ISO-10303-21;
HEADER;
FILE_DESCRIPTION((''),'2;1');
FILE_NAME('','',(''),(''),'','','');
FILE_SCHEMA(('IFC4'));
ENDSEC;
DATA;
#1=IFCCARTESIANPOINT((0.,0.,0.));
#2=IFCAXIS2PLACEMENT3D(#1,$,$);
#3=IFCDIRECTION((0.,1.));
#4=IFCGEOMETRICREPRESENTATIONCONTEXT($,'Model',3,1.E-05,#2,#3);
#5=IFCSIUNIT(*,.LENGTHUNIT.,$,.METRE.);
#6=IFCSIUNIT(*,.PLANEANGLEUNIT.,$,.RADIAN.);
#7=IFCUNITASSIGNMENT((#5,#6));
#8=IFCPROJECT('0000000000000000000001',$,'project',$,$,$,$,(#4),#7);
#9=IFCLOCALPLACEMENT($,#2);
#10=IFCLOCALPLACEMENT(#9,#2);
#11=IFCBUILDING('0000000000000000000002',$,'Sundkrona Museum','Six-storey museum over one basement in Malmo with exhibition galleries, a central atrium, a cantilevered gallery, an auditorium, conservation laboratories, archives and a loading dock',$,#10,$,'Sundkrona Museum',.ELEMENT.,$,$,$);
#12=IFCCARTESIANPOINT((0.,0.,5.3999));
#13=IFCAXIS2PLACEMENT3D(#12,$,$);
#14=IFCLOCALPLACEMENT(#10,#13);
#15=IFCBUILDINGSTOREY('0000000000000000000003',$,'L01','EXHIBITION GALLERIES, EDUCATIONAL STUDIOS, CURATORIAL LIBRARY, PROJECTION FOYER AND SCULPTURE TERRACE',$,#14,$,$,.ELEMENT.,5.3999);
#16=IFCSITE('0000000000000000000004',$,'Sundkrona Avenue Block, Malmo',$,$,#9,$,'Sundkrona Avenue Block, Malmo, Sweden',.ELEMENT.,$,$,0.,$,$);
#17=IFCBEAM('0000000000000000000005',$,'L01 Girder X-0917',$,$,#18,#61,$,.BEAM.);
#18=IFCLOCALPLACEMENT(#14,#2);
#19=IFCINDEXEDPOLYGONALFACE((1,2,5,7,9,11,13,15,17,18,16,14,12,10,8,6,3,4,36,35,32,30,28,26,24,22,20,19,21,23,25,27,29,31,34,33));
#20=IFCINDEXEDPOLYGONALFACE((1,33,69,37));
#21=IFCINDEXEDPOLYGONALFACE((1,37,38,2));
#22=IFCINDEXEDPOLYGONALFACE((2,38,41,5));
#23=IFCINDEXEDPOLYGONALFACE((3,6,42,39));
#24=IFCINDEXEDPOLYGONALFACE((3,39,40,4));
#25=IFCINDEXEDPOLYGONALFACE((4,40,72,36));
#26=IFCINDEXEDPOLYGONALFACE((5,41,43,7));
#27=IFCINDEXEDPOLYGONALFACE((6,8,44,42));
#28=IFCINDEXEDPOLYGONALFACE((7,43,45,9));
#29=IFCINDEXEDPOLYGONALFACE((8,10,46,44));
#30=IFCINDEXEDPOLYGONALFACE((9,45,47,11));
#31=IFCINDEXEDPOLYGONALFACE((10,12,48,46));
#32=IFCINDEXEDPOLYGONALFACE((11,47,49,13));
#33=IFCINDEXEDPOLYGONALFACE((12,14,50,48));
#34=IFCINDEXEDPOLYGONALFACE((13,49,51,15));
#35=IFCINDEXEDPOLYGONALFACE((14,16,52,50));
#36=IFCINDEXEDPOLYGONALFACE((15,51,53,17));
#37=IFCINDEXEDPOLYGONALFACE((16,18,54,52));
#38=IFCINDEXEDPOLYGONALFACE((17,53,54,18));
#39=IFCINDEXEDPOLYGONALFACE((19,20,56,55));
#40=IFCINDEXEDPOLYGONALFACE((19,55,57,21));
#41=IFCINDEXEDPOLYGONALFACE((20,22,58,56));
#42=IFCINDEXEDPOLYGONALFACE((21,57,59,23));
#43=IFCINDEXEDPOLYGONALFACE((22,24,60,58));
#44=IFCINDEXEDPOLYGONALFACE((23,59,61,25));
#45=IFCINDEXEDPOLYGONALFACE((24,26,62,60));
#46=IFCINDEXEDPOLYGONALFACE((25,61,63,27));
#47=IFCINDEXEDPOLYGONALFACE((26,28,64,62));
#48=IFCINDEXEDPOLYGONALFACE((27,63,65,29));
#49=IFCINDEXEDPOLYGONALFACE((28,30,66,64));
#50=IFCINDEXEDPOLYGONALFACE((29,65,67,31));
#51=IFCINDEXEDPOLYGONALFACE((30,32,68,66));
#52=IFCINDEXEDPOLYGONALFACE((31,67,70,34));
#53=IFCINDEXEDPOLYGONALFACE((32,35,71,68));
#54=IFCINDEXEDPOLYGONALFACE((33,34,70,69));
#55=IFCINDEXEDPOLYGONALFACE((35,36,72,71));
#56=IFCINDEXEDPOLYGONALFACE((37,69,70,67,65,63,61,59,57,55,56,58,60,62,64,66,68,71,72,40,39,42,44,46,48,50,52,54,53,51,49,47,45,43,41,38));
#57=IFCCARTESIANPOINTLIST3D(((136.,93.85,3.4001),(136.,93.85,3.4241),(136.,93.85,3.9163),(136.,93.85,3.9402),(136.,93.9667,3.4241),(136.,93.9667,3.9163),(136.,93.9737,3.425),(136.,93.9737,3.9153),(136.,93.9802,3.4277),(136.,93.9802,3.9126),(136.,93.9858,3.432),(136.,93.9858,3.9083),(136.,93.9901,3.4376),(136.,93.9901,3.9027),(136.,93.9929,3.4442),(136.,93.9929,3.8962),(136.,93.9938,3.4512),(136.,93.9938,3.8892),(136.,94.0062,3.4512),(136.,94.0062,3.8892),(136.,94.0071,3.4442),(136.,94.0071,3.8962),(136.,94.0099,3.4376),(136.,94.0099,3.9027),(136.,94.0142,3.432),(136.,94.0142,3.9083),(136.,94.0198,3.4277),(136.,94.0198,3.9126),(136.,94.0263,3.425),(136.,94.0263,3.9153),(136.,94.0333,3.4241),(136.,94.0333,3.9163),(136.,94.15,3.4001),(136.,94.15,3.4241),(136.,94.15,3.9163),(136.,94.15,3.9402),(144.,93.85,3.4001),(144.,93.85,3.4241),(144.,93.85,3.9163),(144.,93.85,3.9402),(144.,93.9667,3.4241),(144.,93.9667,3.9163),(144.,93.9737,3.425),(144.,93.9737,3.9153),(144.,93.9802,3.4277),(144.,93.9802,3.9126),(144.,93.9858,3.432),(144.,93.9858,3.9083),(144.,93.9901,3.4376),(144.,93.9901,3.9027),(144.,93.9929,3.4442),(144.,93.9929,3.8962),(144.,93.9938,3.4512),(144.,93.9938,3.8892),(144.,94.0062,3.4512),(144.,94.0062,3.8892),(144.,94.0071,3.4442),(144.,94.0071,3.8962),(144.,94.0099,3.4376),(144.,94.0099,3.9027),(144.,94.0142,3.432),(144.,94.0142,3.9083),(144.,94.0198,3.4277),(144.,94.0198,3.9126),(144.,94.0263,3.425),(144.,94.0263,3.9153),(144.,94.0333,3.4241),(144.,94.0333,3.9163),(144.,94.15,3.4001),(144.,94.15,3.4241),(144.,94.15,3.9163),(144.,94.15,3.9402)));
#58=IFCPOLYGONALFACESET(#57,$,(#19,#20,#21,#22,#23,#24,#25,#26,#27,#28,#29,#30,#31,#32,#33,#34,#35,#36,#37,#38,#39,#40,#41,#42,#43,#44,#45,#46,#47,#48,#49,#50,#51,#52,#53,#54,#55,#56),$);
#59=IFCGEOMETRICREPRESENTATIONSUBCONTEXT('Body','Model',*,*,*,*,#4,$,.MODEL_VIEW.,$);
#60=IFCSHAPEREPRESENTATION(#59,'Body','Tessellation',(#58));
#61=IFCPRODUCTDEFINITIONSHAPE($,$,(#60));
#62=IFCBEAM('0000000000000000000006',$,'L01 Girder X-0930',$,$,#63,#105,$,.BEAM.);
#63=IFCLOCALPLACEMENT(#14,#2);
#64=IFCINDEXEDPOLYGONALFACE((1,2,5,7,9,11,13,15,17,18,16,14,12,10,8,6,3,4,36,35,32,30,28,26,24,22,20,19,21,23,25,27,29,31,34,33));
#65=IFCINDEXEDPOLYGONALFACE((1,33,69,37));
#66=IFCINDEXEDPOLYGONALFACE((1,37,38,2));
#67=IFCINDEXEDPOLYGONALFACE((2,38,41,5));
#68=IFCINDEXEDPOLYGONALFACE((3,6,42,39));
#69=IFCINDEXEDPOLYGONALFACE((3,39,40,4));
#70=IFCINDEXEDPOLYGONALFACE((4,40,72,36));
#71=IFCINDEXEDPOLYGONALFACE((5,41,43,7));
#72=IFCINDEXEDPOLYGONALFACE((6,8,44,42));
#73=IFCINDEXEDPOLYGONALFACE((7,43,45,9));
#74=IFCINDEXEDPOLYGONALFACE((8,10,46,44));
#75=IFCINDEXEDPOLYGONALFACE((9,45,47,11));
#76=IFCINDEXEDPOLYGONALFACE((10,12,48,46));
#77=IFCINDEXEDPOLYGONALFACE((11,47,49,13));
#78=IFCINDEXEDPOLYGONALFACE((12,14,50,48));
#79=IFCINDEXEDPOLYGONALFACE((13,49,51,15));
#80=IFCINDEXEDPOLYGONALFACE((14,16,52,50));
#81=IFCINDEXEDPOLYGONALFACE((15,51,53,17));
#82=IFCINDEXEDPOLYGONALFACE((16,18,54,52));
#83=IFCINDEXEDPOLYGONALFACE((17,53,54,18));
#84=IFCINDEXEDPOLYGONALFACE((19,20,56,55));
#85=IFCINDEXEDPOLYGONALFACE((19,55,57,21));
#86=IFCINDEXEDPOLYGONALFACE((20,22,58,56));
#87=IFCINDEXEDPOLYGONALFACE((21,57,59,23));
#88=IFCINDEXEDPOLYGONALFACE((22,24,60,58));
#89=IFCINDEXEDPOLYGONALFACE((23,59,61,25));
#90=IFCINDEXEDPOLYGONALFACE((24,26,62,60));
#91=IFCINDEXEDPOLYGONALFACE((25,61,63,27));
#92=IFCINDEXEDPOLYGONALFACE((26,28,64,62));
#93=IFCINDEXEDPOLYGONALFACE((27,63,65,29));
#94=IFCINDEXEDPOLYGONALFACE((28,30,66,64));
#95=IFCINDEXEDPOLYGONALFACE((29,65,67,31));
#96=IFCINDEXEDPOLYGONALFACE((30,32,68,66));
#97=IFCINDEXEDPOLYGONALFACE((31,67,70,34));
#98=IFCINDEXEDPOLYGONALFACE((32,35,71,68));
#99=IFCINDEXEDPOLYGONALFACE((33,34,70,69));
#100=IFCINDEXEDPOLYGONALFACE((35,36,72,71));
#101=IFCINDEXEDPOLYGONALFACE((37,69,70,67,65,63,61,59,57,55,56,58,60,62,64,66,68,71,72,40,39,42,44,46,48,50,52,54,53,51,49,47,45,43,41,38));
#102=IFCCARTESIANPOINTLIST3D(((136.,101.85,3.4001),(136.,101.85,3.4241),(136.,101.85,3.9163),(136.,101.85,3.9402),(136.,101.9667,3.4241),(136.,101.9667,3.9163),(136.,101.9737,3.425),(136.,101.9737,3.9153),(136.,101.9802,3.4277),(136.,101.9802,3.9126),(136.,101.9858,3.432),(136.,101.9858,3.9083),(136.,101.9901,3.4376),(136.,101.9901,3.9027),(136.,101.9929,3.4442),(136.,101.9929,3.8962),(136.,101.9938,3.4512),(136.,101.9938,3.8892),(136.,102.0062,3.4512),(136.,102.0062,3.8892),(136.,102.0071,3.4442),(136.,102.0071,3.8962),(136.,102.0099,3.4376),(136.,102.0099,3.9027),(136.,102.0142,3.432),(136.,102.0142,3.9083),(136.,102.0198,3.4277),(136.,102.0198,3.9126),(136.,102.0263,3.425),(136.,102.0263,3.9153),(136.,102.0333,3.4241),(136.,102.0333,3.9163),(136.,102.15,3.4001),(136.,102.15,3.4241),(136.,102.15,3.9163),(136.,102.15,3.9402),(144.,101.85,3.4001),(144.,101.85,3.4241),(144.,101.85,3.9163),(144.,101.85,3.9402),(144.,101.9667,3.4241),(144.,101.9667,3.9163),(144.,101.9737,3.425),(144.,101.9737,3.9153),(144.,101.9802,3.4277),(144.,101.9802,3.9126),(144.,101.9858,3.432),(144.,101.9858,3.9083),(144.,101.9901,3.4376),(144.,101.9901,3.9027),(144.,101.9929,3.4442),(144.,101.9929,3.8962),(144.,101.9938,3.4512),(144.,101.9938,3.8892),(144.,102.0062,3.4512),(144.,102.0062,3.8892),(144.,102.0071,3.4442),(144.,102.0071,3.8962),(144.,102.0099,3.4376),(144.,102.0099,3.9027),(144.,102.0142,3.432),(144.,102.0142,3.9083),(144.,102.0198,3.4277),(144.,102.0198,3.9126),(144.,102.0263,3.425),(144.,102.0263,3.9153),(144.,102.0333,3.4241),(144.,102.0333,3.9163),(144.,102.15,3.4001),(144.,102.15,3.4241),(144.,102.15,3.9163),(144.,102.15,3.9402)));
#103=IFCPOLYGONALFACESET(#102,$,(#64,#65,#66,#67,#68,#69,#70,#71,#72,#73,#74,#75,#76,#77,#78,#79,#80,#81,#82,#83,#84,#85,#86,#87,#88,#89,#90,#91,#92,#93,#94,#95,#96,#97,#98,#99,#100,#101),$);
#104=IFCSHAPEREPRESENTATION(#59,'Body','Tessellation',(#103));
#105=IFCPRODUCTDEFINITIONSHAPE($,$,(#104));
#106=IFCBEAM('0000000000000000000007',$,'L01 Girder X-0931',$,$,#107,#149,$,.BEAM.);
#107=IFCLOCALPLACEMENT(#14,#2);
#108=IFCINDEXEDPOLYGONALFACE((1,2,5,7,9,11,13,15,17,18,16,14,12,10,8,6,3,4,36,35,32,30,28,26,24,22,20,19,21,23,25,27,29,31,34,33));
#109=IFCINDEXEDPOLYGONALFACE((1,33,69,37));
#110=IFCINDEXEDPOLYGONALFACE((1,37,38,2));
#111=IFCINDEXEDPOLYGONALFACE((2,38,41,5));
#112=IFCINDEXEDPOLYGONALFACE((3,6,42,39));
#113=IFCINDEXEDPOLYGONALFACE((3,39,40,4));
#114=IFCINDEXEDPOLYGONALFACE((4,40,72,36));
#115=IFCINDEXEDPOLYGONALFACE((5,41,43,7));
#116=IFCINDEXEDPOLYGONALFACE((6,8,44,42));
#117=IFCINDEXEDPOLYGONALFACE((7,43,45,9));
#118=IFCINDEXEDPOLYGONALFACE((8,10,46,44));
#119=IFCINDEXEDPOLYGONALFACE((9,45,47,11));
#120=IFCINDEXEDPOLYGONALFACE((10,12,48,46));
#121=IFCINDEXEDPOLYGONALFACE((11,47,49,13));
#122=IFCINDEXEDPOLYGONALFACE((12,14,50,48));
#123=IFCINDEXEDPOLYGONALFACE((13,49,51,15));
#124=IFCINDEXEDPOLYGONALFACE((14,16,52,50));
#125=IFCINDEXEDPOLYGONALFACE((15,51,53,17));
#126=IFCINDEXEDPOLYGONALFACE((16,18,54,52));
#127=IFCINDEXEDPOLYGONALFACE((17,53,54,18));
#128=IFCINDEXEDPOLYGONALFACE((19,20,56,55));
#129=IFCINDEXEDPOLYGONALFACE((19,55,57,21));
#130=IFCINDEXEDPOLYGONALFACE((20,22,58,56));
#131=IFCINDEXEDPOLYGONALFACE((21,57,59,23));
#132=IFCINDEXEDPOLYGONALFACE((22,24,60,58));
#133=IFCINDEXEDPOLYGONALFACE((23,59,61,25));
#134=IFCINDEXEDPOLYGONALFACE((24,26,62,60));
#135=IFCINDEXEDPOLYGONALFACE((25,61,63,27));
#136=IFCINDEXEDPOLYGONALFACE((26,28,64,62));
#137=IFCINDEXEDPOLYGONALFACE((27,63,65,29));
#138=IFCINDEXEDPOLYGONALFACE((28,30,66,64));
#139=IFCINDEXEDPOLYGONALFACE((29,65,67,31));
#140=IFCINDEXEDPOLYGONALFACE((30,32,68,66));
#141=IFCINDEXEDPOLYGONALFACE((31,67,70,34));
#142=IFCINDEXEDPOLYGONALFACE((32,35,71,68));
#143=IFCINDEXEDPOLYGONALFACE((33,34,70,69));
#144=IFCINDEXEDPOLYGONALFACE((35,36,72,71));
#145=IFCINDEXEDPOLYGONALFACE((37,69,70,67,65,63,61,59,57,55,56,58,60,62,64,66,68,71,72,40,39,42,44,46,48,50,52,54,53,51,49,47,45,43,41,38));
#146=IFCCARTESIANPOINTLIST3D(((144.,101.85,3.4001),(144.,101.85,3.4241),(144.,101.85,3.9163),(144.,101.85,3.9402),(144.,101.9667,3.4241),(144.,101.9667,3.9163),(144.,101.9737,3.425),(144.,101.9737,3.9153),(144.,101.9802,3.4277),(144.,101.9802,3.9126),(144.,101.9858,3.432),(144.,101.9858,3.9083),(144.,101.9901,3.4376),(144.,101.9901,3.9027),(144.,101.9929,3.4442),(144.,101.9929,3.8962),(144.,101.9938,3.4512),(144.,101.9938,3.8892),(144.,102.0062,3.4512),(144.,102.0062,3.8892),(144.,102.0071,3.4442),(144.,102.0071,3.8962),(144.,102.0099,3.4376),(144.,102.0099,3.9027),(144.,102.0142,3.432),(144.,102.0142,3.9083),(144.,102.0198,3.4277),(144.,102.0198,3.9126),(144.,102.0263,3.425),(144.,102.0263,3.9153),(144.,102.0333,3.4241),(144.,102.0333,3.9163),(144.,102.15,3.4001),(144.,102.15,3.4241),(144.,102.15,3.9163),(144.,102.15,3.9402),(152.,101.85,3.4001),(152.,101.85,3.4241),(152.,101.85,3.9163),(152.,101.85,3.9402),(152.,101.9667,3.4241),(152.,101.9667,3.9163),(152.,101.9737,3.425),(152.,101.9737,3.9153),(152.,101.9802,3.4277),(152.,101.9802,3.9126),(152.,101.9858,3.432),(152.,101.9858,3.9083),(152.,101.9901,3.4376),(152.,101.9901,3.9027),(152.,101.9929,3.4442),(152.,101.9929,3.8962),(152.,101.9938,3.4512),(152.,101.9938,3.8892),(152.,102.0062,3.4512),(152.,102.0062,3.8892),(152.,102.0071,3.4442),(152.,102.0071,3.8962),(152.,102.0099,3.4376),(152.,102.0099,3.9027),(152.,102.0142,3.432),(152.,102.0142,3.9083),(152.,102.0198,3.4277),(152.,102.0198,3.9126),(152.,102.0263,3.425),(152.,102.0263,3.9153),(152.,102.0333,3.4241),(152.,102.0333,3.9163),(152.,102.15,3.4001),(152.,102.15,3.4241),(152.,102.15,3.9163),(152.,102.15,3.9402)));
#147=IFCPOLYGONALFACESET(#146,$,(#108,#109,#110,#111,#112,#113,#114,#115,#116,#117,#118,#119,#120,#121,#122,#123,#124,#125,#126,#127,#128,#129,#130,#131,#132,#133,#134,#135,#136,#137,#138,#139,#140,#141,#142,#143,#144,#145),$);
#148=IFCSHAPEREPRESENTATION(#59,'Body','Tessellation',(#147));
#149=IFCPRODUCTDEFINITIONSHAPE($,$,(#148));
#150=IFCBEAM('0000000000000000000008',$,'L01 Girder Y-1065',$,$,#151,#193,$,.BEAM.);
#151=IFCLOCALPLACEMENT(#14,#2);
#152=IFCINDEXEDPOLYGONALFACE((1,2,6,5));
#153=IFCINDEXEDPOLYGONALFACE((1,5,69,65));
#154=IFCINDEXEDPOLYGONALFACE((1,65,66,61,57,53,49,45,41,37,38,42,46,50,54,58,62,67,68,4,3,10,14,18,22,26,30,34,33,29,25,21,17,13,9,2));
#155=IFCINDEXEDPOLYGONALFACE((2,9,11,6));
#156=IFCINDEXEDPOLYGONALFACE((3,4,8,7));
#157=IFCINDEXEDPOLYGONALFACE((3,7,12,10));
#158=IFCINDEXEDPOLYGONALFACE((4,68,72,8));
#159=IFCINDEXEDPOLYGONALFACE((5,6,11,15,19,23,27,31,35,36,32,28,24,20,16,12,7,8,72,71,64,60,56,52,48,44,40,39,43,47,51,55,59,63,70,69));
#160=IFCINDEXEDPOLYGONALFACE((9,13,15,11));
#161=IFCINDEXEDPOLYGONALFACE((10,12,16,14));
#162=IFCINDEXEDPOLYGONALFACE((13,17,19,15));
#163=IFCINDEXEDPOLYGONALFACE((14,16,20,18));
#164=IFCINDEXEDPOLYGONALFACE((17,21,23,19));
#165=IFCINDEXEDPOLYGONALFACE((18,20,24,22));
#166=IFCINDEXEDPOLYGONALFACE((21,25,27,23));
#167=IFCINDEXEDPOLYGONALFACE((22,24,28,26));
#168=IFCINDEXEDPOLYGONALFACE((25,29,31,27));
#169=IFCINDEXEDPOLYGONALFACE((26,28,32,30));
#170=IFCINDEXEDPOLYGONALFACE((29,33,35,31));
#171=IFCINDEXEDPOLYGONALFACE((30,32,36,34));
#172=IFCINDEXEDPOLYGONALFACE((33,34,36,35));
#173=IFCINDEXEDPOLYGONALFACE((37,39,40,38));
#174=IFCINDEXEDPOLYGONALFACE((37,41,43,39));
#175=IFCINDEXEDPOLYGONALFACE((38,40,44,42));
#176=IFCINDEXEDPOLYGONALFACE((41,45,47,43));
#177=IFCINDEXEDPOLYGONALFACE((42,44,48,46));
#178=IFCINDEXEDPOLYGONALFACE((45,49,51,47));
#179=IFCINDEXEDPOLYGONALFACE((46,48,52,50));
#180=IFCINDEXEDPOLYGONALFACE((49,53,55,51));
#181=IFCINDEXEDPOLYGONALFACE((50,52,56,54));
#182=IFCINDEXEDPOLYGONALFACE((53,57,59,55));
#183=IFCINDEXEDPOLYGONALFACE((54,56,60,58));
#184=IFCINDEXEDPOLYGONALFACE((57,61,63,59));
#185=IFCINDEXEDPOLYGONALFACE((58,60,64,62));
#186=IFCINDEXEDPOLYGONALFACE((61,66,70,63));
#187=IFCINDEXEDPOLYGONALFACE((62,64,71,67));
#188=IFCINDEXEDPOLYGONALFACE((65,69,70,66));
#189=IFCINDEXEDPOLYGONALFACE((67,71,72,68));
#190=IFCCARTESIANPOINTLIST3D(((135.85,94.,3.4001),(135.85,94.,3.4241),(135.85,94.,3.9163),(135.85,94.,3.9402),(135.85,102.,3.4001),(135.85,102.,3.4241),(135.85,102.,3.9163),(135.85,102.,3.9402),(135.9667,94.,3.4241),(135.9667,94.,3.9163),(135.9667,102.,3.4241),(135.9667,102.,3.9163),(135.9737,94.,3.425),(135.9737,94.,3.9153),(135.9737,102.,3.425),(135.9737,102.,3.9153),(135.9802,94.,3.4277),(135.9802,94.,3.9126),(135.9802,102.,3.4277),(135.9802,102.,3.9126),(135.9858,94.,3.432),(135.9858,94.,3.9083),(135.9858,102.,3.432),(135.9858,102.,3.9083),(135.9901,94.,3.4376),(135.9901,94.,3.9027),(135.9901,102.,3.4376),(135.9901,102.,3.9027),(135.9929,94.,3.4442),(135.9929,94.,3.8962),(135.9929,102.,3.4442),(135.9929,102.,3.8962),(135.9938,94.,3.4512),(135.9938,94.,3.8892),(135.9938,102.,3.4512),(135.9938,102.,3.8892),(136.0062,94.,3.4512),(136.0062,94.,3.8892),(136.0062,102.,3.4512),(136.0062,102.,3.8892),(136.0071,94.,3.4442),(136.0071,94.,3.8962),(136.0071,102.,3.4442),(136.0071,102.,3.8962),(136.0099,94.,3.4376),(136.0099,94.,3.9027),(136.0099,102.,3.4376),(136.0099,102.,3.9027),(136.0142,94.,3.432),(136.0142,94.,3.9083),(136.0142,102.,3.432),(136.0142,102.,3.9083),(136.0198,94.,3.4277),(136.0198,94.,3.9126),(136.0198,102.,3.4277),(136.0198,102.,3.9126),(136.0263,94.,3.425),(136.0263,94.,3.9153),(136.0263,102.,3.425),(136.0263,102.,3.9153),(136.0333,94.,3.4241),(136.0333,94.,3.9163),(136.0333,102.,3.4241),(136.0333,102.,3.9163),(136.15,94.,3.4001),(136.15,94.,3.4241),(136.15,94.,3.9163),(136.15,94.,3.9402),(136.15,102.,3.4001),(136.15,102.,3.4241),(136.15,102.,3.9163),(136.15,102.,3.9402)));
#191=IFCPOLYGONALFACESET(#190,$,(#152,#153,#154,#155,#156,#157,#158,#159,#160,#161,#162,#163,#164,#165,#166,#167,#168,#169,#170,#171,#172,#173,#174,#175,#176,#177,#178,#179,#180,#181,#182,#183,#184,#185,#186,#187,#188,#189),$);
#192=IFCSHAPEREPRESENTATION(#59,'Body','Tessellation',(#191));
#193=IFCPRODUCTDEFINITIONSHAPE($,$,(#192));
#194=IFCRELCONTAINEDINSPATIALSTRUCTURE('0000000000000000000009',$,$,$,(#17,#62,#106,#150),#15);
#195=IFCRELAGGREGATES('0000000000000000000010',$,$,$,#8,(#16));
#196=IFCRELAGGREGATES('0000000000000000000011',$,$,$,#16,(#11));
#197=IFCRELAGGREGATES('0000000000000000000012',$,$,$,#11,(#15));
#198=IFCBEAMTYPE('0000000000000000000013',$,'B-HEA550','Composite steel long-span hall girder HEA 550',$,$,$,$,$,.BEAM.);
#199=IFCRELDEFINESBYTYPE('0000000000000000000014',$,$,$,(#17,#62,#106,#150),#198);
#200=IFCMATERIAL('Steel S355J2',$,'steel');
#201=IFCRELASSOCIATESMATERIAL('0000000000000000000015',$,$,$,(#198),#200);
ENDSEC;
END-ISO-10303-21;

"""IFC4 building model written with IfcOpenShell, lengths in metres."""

from ifc_helpers import new_model, si_unit, direction, frame, origin, origin_2d, place, context, subcontext, project, spatial, i_section, extrude, material, material_profile, profile_set, type_object, element, save


model = new_model("IFC4")

# Units and contexts
model_context = context("Model", 3, precision=1e-05, world=origin(), true_north=direction((0.0, 1.0)))
body_context = subcontext(model_context, "Body", "Model", "MODEL_VIEW")
ifc_project = project(units=[si_unit("LENGTHUNIT", "METRE"), si_unit("PLANEANGLEUNIT", "RADIAN")], contexts=[model_context])

# Site, building, storey
site_placement = place(None, origin())
site = spatial("IfcSite", under=ifc_project, at=site_placement, Name="Sundkrona Avenue Block, Malmo", LongName="Sundkrona Avenue Block, Malmo, Sweden", CompositionType="ELEMENT", RefElevation=0.0)
building_placement = place(site_placement, origin())
building = spatial("IfcBuilding", under=site, at=building_placement, Name="Sundkrona Museum", Description="Six-storey museum over one basement in Malmo with exhibition galleries, a central atrium, a cantilevered gallery, an auditorium, conservation laboratories, archives and a loading dock", LongName="Sundkrona Museum", CompositionType="ELEMENT")
storey_placement = place(building_placement, frame((0.0, 0.0, 5.3999)))
storey = spatial("IfcBuildingStorey", under=building, at=storey_placement, Name="L01", Description="EXHIBITION GALLERIES, EDUCATIONAL STUDIOS, CURATORIAL LIBRARY, PROJECTION FOYER AND SCULPTURE TERRACE", CompositionType="ELEMENT", Elevation=5.3999)

# Shared definitions
ifc_material = material(Name="Steel S355J2", Category="steel")

# Beams
ifc_material_profile_1 = material_profile(ifc_material, i_section(OverallWidth=0.3, OverallDepth=0.54, WebThickness=0.0125, FlangeThickness=0.0239, FilletRadius=0.0271, at=origin_2d()), Name="HEA 550")
ifc_profile_set_1 = profile_set([ifc_material_profile_1], Name="Steel S355J2")
beam_type_1 = type_object("IfcBeamType", Name="B-HEA550", Description="Composite steel long-span hall girder HEA 550", PredefinedType="BEAM", material=ifc_profile_set_1)
for number, where, z_axis, x_axis, name in (
    (1, (136.0, 94.0, 3.6702), (1.0, 0.0, 0.0), (0.0, 1.0, 0.0), "L01 Girder X-0917"),
    (2, (136.0, 102.0, 3.6702), (1.0, 0.0, 0.0), (0.0, 1.0, 0.0), "L01 Girder X-0930"),
    (3, (144.0, 102.0, 3.6702), (1.0, 0.0, 0.0), (0.0, 1.0, 0.0), "L01 Girder X-0931"),
    (4, (136.0, 94.0, 3.6702), (0.0, 1.0, 0.0), (-1.0, 0.0, 0.0), "L01 Girder Y-1065"),
):
    element("IfcBeam", number, at=place(storey_placement, frame(where, z_axis=z_axis, x_axis=x_axis)), inside=storey, type_object=beam_type_1, Name=name, PredefinedType="BEAM", context=body_context, shape_type="SweptSolid", body=[
        extrude(i_section(OverallWidth=0.3, OverallDepth=0.54, WebThickness=0.0125, FlangeThickness=0.0239, FilletRadius=0.0271, at=origin_2d()), origin(), (0.0, 0.0, 1.0), 8.0),
    ])

save(model, "model.ifc")
